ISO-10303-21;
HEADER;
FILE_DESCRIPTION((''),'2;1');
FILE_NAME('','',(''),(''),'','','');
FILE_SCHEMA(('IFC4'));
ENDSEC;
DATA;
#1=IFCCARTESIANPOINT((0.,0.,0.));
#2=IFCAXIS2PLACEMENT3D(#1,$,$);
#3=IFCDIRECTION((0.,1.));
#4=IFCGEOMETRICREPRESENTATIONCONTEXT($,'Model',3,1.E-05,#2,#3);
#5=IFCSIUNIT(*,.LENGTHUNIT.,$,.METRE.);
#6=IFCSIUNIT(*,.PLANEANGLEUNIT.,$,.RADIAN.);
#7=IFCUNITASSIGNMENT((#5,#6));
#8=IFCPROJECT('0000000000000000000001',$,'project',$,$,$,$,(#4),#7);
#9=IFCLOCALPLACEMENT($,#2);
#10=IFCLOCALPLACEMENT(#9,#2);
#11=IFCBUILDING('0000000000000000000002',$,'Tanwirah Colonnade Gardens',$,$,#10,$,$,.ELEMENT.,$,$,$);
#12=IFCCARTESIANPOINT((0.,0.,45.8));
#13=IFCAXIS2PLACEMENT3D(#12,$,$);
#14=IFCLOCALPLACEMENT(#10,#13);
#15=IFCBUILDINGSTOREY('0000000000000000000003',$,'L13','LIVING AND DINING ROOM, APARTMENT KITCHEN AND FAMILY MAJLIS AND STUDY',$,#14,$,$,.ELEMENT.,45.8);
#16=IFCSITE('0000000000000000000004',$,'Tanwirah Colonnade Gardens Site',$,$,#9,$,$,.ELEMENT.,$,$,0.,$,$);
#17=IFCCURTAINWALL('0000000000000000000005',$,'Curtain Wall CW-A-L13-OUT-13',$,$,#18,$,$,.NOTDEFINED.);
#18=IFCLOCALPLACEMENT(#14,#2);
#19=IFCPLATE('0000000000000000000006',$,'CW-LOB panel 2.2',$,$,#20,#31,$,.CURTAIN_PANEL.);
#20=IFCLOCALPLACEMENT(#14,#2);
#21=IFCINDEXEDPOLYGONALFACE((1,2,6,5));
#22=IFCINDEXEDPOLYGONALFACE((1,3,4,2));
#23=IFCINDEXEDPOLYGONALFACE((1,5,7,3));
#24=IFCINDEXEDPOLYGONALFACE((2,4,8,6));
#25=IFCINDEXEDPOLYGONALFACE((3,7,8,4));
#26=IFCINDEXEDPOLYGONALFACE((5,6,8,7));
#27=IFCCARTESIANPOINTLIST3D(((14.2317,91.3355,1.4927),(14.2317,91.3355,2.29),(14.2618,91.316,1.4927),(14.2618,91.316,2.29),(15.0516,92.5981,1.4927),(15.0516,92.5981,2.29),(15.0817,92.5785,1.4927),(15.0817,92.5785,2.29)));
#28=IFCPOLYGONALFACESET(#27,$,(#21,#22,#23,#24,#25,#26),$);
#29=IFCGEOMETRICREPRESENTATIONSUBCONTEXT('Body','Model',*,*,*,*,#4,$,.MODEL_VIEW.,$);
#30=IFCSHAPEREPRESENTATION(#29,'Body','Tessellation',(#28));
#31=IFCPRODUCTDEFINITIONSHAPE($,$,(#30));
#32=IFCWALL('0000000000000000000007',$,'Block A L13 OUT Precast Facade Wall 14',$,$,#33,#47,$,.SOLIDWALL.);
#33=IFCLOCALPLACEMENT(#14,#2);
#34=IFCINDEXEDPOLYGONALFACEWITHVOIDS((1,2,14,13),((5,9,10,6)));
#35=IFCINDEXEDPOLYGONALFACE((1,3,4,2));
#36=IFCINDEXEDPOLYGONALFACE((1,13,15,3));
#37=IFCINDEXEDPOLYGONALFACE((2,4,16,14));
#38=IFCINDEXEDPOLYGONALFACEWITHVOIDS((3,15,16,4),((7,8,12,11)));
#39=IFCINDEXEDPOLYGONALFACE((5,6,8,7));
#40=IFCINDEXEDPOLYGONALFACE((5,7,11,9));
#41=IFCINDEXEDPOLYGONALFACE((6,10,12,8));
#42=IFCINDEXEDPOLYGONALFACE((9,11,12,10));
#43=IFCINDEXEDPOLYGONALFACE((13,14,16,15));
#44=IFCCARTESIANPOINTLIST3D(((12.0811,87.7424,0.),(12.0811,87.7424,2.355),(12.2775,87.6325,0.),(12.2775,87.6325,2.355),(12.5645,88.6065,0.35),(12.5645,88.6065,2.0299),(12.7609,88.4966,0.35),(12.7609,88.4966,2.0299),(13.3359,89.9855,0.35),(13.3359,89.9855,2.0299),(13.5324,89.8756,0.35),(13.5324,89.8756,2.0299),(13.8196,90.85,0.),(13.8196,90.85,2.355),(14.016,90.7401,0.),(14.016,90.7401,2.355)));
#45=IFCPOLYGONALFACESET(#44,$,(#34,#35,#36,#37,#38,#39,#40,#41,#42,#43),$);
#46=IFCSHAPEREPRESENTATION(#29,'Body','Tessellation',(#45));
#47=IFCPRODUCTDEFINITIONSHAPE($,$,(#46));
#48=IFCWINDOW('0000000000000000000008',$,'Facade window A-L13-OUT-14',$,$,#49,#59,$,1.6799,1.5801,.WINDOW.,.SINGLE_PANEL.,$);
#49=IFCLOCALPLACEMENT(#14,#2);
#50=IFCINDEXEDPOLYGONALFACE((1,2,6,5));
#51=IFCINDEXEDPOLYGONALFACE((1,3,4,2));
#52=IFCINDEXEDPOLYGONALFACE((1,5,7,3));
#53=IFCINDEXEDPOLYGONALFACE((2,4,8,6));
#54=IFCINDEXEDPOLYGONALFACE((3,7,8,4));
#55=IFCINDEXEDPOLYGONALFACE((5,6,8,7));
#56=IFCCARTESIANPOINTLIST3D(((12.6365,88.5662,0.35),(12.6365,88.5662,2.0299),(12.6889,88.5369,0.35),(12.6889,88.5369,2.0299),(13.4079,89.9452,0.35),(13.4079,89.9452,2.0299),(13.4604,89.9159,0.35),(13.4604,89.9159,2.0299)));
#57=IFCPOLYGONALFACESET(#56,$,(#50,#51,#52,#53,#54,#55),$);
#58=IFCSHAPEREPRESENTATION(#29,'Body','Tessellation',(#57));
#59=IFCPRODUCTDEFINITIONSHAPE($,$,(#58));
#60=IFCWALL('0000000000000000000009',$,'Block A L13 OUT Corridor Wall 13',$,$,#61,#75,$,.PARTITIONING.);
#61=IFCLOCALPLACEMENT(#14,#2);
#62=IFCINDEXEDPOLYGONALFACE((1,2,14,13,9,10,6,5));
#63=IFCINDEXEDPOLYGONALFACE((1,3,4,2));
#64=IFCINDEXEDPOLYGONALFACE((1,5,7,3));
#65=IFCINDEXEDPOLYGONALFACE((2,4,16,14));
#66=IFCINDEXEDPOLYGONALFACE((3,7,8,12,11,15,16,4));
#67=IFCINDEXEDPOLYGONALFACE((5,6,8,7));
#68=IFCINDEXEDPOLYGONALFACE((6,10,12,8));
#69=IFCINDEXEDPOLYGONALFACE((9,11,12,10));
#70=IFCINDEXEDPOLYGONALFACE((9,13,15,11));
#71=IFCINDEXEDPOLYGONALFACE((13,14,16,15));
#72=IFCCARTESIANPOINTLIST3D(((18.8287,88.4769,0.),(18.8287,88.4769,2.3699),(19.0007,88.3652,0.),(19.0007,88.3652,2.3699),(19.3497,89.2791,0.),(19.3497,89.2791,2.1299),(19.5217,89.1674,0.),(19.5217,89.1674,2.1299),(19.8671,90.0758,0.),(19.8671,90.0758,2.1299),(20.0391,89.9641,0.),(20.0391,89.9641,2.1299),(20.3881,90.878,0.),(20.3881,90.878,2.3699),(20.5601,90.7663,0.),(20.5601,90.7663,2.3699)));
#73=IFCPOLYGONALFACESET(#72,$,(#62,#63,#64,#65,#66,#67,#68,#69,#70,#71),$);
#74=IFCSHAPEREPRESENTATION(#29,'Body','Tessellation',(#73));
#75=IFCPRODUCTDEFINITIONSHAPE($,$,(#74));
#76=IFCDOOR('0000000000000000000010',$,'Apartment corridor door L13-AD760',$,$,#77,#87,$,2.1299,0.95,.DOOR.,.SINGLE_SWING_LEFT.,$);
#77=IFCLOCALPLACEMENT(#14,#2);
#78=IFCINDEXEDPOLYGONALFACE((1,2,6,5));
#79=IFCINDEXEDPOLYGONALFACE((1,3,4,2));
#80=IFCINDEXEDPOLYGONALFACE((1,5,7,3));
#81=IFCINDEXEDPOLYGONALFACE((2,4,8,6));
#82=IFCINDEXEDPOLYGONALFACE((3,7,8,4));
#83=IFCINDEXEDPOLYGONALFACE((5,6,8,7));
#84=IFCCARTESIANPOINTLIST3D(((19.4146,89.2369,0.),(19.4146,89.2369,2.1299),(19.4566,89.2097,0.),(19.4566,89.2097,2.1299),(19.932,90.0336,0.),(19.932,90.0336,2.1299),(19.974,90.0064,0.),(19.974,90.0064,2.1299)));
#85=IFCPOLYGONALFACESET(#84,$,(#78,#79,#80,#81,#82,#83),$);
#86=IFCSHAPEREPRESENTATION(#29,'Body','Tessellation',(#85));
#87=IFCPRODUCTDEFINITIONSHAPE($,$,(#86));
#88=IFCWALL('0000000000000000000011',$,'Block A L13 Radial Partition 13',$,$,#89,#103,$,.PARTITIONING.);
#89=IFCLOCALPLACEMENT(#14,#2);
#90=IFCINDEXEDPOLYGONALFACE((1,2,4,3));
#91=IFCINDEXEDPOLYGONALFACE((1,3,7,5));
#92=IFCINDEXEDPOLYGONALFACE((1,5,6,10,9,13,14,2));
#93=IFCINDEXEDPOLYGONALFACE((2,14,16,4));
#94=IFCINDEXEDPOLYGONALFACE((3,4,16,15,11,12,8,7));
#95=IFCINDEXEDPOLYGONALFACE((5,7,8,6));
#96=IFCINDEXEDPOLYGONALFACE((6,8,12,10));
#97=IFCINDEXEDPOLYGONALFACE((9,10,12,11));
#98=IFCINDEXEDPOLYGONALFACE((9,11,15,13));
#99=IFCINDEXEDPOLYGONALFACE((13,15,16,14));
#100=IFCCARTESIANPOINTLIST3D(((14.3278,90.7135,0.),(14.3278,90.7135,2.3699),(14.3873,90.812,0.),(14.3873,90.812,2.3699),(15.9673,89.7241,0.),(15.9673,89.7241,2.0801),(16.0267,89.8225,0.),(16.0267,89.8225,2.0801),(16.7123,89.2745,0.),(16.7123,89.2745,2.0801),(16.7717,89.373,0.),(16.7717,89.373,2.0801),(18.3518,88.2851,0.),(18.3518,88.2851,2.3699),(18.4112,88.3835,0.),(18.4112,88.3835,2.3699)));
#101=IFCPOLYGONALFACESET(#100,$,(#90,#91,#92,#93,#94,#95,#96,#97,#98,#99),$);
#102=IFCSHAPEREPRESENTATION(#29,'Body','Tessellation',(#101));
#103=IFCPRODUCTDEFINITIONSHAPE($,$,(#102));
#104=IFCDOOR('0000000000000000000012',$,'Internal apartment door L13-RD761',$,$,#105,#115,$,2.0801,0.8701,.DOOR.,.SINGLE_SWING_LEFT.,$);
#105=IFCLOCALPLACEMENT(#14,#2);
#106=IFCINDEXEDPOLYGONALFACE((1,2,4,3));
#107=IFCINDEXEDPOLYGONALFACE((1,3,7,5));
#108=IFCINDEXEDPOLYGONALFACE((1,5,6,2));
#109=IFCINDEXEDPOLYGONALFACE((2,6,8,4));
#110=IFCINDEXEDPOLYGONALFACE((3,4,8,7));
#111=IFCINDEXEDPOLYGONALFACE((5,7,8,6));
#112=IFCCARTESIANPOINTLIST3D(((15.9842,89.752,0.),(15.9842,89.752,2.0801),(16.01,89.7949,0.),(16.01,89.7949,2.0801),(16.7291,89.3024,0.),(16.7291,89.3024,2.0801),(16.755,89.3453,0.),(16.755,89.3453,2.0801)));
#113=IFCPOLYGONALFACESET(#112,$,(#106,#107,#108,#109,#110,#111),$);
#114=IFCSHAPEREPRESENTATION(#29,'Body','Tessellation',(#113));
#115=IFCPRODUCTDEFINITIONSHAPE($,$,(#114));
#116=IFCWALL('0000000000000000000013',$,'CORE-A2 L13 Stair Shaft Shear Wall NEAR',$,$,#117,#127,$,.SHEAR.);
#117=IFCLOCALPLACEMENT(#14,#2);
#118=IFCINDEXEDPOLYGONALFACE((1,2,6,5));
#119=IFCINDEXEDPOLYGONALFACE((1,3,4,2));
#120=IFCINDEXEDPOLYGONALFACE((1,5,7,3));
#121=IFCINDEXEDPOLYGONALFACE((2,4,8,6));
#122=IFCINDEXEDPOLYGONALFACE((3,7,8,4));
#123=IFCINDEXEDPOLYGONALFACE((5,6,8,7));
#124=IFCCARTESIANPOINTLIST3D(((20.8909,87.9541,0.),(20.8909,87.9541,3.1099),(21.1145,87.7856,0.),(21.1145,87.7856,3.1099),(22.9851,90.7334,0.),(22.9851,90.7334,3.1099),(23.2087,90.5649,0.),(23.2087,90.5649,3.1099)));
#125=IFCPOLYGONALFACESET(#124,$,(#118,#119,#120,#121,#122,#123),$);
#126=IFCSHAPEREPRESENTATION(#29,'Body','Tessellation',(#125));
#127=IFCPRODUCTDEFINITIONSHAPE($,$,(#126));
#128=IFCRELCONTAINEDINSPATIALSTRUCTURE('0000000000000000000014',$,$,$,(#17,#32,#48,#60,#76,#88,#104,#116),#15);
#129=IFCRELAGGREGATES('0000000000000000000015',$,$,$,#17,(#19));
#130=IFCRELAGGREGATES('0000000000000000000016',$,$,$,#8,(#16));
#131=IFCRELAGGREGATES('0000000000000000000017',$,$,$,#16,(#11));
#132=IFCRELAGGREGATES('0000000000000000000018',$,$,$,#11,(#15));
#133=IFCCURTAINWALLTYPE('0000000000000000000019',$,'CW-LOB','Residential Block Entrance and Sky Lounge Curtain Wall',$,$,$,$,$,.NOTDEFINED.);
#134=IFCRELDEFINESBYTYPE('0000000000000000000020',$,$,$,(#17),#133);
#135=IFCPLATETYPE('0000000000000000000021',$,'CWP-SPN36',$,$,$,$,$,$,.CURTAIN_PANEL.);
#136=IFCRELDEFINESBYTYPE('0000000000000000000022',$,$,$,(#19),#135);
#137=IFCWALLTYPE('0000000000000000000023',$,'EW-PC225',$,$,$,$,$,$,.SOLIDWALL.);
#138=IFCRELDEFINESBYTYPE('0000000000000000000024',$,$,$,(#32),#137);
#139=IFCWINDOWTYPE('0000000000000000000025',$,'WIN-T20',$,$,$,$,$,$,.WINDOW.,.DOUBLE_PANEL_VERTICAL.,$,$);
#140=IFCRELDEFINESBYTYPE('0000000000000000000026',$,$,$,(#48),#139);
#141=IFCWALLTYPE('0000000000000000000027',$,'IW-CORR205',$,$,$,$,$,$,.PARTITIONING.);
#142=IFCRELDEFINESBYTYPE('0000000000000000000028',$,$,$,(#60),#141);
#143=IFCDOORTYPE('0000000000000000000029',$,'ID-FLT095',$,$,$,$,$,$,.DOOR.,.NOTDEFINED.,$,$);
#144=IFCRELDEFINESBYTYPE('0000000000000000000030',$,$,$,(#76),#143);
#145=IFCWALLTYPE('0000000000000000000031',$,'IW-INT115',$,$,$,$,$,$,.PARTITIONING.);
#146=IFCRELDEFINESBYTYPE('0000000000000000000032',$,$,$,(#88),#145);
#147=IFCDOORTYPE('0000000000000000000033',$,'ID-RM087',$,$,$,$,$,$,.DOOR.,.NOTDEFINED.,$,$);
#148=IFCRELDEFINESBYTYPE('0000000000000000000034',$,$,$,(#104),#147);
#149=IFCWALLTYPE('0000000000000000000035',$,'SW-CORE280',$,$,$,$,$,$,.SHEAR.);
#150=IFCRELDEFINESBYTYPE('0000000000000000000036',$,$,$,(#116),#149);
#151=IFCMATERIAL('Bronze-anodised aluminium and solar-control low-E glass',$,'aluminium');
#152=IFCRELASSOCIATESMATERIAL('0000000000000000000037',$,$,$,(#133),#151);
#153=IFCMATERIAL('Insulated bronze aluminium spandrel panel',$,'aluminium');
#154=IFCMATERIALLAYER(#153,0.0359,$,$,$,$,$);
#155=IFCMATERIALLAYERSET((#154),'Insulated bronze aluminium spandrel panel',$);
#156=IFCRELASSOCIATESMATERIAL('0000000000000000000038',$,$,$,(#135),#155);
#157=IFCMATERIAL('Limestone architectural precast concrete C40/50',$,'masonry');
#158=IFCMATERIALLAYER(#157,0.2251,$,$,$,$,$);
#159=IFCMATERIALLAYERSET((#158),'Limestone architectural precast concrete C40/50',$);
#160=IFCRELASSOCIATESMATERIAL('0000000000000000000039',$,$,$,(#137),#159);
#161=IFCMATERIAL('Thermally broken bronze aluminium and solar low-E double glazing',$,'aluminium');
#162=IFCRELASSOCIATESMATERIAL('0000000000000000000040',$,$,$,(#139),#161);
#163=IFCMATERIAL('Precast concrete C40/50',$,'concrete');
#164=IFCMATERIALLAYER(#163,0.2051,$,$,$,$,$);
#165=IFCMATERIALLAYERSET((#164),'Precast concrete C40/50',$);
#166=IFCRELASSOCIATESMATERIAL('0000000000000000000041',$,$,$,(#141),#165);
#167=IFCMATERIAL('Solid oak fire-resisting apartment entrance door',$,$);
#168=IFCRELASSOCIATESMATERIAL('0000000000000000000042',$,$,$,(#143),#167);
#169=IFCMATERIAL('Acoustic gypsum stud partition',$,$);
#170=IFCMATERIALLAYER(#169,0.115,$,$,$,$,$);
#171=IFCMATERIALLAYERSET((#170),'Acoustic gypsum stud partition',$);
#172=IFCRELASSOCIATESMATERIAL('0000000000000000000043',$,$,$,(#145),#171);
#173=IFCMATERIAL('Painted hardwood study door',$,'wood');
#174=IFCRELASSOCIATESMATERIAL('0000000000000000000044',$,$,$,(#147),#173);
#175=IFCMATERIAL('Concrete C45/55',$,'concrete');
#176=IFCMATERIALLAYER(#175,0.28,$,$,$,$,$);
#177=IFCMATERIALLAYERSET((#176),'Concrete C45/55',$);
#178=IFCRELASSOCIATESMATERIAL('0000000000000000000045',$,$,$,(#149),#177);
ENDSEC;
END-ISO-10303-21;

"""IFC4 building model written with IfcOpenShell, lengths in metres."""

from ifc_helpers import new_model, si_unit, direction, frame, frame_2d, origin, origin_2d, place, context, subcontext, project, spatial, rectangle, extrude, material, layer, layer_set, type_object, element, fill, aggregate, save


model = new_model("IFC4")

# Units and contexts
model_context = context("Model", 3, precision=1e-05, world=origin(), true_north=direction((0.0, 1.0)))
body_context = subcontext(model_context, "Body", "Model", "MODEL_VIEW")
ifc_project = project(units=[si_unit("LENGTHUNIT", "METRE"), si_unit("PLANEANGLEUNIT", "RADIAN")], contexts=[model_context])

# Site, building, storey
site_placement = place(None, origin())
site = spatial("IfcSite", under=ifc_project, at=site_placement, Name="Tanwirah Colonnade Gardens Site", CompositionType="ELEMENT", RefElevation=0.0)
building_placement = place(site_placement, origin())
building = spatial("IfcBuilding", under=site, at=building_placement, Name="Tanwirah Colonnade Gardens", CompositionType="ELEMENT")
storey_placement = place(building_placement, frame((0.0, 0.0, 45.8)))
storey = spatial("IfcBuildingStorey", under=building, at=storey_placement, Name="L13", Description="LIVING AND DINING ROOM, APARTMENT KITCHEN AND FAMILY MAJLIS AND STUDY", CompositionType="ELEMENT", Elevation=45.8)

# Shared definitions
ifc_material_1 = material(Name="Precast concrete C40/50", Category="concrete")

# Curtain wall
ifc_material_2 = material(Name="Bronze-anodised aluminium and solar-control low-E glass", Category="aluminium")
curtain_wall_type = type_object("IfcCurtainWallType", Name="CW-LOB", Description="Residential Block Entrance and Sky Lounge Curtain Wall", PredefinedType="NOTDEFINED", material=ifc_material_2)
curtain_wall_placement = place(storey_placement, origin())
curtain_wall = element("IfcCurtainWall", 1, at=curtain_wall_placement, inside=storey, type_object=curtain_wall_type, Name="Curtain Wall CW-A-L13-OUT-13", PredefinedType="NOTDEFINED")

# Plate
ifc_material_3 = material(Name="Insulated bronze aluminium spandrel panel", Category="aluminium")
ifc_layer_1 = layer(ifc_material_3, 0.0359)
ifc_layer_set_1 = layer_set([ifc_layer_1], Name="Insulated bronze aluminium spandrel panel")
plate_type = type_object("IfcPlateType", Name="CWP-SPN36", PredefinedType="CURTAIN_PANEL", material=ifc_layer_set_1)
plate_1_placement = place(storey_placement, frame((14.6567, 91.957, 1.4927), z_axis=(0.0, 0.0, 1.0), x_axis=(-0.54464, -0.83867, 0.0)))
plate_1 = element("IfcPlate", 2, at=plate_1_placement, type_object=plate_type, Name="CW-LOB panel 2.2", PredefinedType="CURTAIN_PANEL", context=body_context, shape_type="SweptSolid", body=[
    extrude(rectangle(XDim=1.5054, YDim=0.0359, at=origin_2d()), origin(), (0.0, 0.0, 1.0), 0.7974),
])
aggregate(curtain_wall, [plate_1])

# Wall, opening, window
ifc_material_4 = material(Name="Limestone architectural precast concrete C40/50", Category="masonry")
ifc_layer_2 = layer(ifc_material_4, 0.2251)
ifc_layer_set_2 = layer_set([ifc_layer_2], Name="Limestone architectural precast concrete C40/50")
wall_type_1 = type_object("IfcWallType", Name="EW-PC225", PredefinedType="SOLIDWALL", material=ifc_layer_set_2)
wall_1_placement = place(storey_placement, frame((13.9177, 90.7949, 0.0), z_axis=(0.0, 0.0, 1.0), x_axis=(-0.488225, -0.872718, 0.0)))
wall_1 = element("IfcWall", 3, at=wall_1_placement, inside=storey, type_object=wall_type_1, Name="Block A L13 OUT Precast Facade Wall 14", PredefinedType="SOLIDWALL", context=body_context, shape_type="SweptSolid", body=[
    extrude(rectangle(XDim=3.5608, YDim=0.2251, at=frame_2d((1.7803, 0.0))), origin(), (0.0, 0.0, 1.0), 2.355),
])
opening_1_placement = place(wall_1_placement, frame((0.9905, 0.0, 0.3501)))
opening_1 = element("IfcOpeningElement", 4, at=opening_1_placement, cuts=wall_1, PredefinedType="OPENING", context=body_context, shape_type="SweptSolid", body=[
    extrude(rectangle(XDim=1.5801, YDim=1.6799, at=frame_2d((0.79, 0.8398))), frame((0.0, 0.1226, 0.0), z_axis=(0.0, -1.0, 0.0), x_axis=(1.0, 0.0, 0.0)), (0.0, 0.0, 1.0), 0.2451),
])
ifc_material_5 = material(Name="Thermally broken bronze aluminium and solar low-E double glazing", Category="aluminium")
window_type = type_object("IfcWindowType", Name="WIN-T20", PartitioningType="DOUBLE_PANEL_VERTICAL", PredefinedType="WINDOW", material=ifc_material_5)
window_placement = place(opening_1_placement, origin())
window = element("IfcWindow", 5, at=window_placement, inside=storey, type_object=window_type, Name="Facade window A-L13-OUT-14", OverallHeight=1.6799, OverallWidth=1.5801, PartitioningType="SINGLE_PANEL", PredefinedType="WINDOW", context=body_context, shape_type="SweptSolid", body=[
    extrude(rectangle(XDim=1.5801, YDim=1.6799, at=frame_2d((0.79, 0.8398))), frame((0.0, 0.03, 0.0), z_axis=(0.0, -1.0, 0.0), x_axis=(1.0, 0.0, 0.0)), (0.0, 0.0, 1.0), 0.0601),
])
fill(opening_1, window)

# Walls, openings, doors
ifc_layer_3 = layer(ifc_material_1, 0.2051)
ifc_layer_set_3 = layer_set([ifc_layer_3], Name="Precast concrete C40/50")
wall_type_2 = type_object("IfcWallType", Name="IW-CORR205", PredefinedType="PARTITIONING", material=ifc_layer_set_3)
wall_2_placement = place(storey_placement, frame((20.4741, 90.8223, 0.0), z_axis=(0.0, 0.0, 1.0), x_axis=(-0.544644, -0.838668, 0.0)))
wall_2 = element("IfcWall", 6, at=wall_2_placement, inside=storey, type_object=wall_type_2, Name="Block A L13 OUT Corridor Wall 13", PredefinedType="PARTITIONING", context=body_context, shape_type="SweptSolid", body=[
    extrude(rectangle(XDim=2.863, YDim=0.2051, at=frame_2d((1.4316, 0.0))), origin(), (0.0, 0.0, 1.0), 2.3699),
])
opening_2_placement = place(wall_2_placement, frame((0.9565, 0.0, 0.0)))
opening_2 = element("IfcOpeningElement", 7, at=opening_2_placement, cuts=wall_2, PredefinedType="OPENING", context=body_context, shape_type="SweptSolid", body=[
    extrude(rectangle(XDim=0.95, YDim=2.1299, at=frame_2d((0.4751, 1.0649))), frame((0.0, 0.1125, 0.0), z_axis=(0.0, -1.0, 0.0), x_axis=(1.0, 0.0, 0.0)), (0.0, 0.0, 1.0), 0.2251),
])
ifc_material_6 = material(Name="Solid oak fire-resisting apartment entrance door")
door_type_1 = type_object("IfcDoorType", Name="ID-FLT095", OperationType="NOTDEFINED", PredefinedType="DOOR", material=ifc_material_6)
door_1_placement = place(opening_2_placement, origin())
door_1 = element("IfcDoor", 8, at=door_1_placement, inside=storey, type_object=door_type_1, Name="Apartment corridor door L13-AD760", OperationType="SINGLE_SWING_LEFT", OverallHeight=2.1299, OverallWidth=0.95, PredefinedType="DOOR", context=body_context, shape_type="SweptSolid", body=[
    extrude(rectangle(XDim=0.95, YDim=2.1299, at=frame_2d((0.4751, 1.0649))), frame((0.0, 0.0249, 0.0), z_axis=(0.0, -1.0, 0.0), x_axis=(1.0, 0.0, 0.0)), (0.0, 0.0, 1.0), 0.05),
])
fill(opening_2, door_1)
ifc_material_7 = material(Name="Acoustic gypsum stud partition")
ifc_layer_4 = layer(ifc_material_7, 0.115)
ifc_layer_set_4 = layer_set([ifc_layer_4], Name="Acoustic gypsum stud partition")
wall_type_3 = type_object("IfcWallType", Name="IW-INT115", PredefinedType="PARTITIONING", material=ifc_layer_set_4)
wall_3_placement = place(storey_placement, frame((18.3816, 88.3342, 0.0), z_axis=(0.0, 0.0, 1.0), x_axis=(-0.856165, 0.516702, 0.0)))
wall_3 = element("IfcWall", 9, at=wall_3_placement, inside=storey, type_object=wall_type_3, Name="Block A L13 Radial Partition 13", PredefinedType="PARTITIONING", context=body_context, shape_type="SweptSolid", body=[
    extrude(rectangle(XDim=4.7, YDim=0.115, at=frame_2d((2.3501, 0.0))), origin(), (0.0, 0.0, 1.0), 2.3699),
])
opening_3_placement = place(wall_3_placement, frame((1.915, 0.0, 0.0)))
opening_3 = element("IfcOpeningElement", 10, at=opening_3_placement, cuts=wall_3, PredefinedType="OPENING", context=body_context, shape_type="SweptSolid", body=[
    extrude(rectangle(XDim=0.8701, YDim=2.0801, at=frame_2d((0.4351, 1.04))), frame((0.0, 0.0674, 0.0), z_axis=(0.0, -1.0, 0.0), x_axis=(1.0, 0.0, 0.0)), (0.0, 0.0, 1.0), 0.135),
])
ifc_material_8 = material(Name="Painted hardwood study door", Category="wood")
door_type_2 = type_object("IfcDoorType", Name="ID-RM087", OperationType="NOTDEFINED", PredefinedType="DOOR", material=ifc_material_8)
door_2_placement = place(opening_3_placement, origin())
door_2 = element("IfcDoor", 11, at=door_2_placement, inside=storey, type_object=door_type_2, Name="Internal apartment door L13-RD761", OperationType="SINGLE_SWING_LEFT", OverallHeight=2.0801, OverallWidth=0.8701, PredefinedType="DOOR", context=body_context, shape_type="SweptSolid", body=[
    extrude(rectangle(XDim=0.8701, YDim=2.0801, at=frame_2d((0.4351, 1.04))), frame((0.0, 0.0249, 0.0), z_axis=(0.0, -1.0, 0.0), x_axis=(1.0, 0.0, 0.0)), (0.0, 0.0, 1.0), 0.05),
])
fill(opening_3, door_2)

# Wall
ifc_material_9 = material(Name="Concrete C45/55", Category="concrete")
ifc_layer_5 = layer(ifc_material_9, 0.28)
ifc_layer_set_5 = layer_set([ifc_layer_5], Name="Concrete C45/55")
wall_type_4 = type_object("IfcWallType", Name="SW-CORE280", PredefinedType="SHEAR", material=ifc_layer_set_5)
wall_4_placement = place(storey_placement, frame((21.0027, 87.8699, 0.0), z_axis=(0.0, 0.0, 1.0), x_axis=(0.601794, 0.798651, 0.0)))
element("IfcWall", 12, at=wall_4_placement, inside=storey, type_object=wall_type_4, Name="CORE-A2 L13 Stair Shaft Shear Wall NEAR", PredefinedType="SHEAR", context=body_context, shape_type="SweptSolid", body=[
    extrude(rectangle(XDim=3.48, YDim=0.28, at=frame_2d((1.74, 0.0))), origin(), (0.0, 0.0, 1.0), 3.1099),
])

save(model, "model.ifc")
